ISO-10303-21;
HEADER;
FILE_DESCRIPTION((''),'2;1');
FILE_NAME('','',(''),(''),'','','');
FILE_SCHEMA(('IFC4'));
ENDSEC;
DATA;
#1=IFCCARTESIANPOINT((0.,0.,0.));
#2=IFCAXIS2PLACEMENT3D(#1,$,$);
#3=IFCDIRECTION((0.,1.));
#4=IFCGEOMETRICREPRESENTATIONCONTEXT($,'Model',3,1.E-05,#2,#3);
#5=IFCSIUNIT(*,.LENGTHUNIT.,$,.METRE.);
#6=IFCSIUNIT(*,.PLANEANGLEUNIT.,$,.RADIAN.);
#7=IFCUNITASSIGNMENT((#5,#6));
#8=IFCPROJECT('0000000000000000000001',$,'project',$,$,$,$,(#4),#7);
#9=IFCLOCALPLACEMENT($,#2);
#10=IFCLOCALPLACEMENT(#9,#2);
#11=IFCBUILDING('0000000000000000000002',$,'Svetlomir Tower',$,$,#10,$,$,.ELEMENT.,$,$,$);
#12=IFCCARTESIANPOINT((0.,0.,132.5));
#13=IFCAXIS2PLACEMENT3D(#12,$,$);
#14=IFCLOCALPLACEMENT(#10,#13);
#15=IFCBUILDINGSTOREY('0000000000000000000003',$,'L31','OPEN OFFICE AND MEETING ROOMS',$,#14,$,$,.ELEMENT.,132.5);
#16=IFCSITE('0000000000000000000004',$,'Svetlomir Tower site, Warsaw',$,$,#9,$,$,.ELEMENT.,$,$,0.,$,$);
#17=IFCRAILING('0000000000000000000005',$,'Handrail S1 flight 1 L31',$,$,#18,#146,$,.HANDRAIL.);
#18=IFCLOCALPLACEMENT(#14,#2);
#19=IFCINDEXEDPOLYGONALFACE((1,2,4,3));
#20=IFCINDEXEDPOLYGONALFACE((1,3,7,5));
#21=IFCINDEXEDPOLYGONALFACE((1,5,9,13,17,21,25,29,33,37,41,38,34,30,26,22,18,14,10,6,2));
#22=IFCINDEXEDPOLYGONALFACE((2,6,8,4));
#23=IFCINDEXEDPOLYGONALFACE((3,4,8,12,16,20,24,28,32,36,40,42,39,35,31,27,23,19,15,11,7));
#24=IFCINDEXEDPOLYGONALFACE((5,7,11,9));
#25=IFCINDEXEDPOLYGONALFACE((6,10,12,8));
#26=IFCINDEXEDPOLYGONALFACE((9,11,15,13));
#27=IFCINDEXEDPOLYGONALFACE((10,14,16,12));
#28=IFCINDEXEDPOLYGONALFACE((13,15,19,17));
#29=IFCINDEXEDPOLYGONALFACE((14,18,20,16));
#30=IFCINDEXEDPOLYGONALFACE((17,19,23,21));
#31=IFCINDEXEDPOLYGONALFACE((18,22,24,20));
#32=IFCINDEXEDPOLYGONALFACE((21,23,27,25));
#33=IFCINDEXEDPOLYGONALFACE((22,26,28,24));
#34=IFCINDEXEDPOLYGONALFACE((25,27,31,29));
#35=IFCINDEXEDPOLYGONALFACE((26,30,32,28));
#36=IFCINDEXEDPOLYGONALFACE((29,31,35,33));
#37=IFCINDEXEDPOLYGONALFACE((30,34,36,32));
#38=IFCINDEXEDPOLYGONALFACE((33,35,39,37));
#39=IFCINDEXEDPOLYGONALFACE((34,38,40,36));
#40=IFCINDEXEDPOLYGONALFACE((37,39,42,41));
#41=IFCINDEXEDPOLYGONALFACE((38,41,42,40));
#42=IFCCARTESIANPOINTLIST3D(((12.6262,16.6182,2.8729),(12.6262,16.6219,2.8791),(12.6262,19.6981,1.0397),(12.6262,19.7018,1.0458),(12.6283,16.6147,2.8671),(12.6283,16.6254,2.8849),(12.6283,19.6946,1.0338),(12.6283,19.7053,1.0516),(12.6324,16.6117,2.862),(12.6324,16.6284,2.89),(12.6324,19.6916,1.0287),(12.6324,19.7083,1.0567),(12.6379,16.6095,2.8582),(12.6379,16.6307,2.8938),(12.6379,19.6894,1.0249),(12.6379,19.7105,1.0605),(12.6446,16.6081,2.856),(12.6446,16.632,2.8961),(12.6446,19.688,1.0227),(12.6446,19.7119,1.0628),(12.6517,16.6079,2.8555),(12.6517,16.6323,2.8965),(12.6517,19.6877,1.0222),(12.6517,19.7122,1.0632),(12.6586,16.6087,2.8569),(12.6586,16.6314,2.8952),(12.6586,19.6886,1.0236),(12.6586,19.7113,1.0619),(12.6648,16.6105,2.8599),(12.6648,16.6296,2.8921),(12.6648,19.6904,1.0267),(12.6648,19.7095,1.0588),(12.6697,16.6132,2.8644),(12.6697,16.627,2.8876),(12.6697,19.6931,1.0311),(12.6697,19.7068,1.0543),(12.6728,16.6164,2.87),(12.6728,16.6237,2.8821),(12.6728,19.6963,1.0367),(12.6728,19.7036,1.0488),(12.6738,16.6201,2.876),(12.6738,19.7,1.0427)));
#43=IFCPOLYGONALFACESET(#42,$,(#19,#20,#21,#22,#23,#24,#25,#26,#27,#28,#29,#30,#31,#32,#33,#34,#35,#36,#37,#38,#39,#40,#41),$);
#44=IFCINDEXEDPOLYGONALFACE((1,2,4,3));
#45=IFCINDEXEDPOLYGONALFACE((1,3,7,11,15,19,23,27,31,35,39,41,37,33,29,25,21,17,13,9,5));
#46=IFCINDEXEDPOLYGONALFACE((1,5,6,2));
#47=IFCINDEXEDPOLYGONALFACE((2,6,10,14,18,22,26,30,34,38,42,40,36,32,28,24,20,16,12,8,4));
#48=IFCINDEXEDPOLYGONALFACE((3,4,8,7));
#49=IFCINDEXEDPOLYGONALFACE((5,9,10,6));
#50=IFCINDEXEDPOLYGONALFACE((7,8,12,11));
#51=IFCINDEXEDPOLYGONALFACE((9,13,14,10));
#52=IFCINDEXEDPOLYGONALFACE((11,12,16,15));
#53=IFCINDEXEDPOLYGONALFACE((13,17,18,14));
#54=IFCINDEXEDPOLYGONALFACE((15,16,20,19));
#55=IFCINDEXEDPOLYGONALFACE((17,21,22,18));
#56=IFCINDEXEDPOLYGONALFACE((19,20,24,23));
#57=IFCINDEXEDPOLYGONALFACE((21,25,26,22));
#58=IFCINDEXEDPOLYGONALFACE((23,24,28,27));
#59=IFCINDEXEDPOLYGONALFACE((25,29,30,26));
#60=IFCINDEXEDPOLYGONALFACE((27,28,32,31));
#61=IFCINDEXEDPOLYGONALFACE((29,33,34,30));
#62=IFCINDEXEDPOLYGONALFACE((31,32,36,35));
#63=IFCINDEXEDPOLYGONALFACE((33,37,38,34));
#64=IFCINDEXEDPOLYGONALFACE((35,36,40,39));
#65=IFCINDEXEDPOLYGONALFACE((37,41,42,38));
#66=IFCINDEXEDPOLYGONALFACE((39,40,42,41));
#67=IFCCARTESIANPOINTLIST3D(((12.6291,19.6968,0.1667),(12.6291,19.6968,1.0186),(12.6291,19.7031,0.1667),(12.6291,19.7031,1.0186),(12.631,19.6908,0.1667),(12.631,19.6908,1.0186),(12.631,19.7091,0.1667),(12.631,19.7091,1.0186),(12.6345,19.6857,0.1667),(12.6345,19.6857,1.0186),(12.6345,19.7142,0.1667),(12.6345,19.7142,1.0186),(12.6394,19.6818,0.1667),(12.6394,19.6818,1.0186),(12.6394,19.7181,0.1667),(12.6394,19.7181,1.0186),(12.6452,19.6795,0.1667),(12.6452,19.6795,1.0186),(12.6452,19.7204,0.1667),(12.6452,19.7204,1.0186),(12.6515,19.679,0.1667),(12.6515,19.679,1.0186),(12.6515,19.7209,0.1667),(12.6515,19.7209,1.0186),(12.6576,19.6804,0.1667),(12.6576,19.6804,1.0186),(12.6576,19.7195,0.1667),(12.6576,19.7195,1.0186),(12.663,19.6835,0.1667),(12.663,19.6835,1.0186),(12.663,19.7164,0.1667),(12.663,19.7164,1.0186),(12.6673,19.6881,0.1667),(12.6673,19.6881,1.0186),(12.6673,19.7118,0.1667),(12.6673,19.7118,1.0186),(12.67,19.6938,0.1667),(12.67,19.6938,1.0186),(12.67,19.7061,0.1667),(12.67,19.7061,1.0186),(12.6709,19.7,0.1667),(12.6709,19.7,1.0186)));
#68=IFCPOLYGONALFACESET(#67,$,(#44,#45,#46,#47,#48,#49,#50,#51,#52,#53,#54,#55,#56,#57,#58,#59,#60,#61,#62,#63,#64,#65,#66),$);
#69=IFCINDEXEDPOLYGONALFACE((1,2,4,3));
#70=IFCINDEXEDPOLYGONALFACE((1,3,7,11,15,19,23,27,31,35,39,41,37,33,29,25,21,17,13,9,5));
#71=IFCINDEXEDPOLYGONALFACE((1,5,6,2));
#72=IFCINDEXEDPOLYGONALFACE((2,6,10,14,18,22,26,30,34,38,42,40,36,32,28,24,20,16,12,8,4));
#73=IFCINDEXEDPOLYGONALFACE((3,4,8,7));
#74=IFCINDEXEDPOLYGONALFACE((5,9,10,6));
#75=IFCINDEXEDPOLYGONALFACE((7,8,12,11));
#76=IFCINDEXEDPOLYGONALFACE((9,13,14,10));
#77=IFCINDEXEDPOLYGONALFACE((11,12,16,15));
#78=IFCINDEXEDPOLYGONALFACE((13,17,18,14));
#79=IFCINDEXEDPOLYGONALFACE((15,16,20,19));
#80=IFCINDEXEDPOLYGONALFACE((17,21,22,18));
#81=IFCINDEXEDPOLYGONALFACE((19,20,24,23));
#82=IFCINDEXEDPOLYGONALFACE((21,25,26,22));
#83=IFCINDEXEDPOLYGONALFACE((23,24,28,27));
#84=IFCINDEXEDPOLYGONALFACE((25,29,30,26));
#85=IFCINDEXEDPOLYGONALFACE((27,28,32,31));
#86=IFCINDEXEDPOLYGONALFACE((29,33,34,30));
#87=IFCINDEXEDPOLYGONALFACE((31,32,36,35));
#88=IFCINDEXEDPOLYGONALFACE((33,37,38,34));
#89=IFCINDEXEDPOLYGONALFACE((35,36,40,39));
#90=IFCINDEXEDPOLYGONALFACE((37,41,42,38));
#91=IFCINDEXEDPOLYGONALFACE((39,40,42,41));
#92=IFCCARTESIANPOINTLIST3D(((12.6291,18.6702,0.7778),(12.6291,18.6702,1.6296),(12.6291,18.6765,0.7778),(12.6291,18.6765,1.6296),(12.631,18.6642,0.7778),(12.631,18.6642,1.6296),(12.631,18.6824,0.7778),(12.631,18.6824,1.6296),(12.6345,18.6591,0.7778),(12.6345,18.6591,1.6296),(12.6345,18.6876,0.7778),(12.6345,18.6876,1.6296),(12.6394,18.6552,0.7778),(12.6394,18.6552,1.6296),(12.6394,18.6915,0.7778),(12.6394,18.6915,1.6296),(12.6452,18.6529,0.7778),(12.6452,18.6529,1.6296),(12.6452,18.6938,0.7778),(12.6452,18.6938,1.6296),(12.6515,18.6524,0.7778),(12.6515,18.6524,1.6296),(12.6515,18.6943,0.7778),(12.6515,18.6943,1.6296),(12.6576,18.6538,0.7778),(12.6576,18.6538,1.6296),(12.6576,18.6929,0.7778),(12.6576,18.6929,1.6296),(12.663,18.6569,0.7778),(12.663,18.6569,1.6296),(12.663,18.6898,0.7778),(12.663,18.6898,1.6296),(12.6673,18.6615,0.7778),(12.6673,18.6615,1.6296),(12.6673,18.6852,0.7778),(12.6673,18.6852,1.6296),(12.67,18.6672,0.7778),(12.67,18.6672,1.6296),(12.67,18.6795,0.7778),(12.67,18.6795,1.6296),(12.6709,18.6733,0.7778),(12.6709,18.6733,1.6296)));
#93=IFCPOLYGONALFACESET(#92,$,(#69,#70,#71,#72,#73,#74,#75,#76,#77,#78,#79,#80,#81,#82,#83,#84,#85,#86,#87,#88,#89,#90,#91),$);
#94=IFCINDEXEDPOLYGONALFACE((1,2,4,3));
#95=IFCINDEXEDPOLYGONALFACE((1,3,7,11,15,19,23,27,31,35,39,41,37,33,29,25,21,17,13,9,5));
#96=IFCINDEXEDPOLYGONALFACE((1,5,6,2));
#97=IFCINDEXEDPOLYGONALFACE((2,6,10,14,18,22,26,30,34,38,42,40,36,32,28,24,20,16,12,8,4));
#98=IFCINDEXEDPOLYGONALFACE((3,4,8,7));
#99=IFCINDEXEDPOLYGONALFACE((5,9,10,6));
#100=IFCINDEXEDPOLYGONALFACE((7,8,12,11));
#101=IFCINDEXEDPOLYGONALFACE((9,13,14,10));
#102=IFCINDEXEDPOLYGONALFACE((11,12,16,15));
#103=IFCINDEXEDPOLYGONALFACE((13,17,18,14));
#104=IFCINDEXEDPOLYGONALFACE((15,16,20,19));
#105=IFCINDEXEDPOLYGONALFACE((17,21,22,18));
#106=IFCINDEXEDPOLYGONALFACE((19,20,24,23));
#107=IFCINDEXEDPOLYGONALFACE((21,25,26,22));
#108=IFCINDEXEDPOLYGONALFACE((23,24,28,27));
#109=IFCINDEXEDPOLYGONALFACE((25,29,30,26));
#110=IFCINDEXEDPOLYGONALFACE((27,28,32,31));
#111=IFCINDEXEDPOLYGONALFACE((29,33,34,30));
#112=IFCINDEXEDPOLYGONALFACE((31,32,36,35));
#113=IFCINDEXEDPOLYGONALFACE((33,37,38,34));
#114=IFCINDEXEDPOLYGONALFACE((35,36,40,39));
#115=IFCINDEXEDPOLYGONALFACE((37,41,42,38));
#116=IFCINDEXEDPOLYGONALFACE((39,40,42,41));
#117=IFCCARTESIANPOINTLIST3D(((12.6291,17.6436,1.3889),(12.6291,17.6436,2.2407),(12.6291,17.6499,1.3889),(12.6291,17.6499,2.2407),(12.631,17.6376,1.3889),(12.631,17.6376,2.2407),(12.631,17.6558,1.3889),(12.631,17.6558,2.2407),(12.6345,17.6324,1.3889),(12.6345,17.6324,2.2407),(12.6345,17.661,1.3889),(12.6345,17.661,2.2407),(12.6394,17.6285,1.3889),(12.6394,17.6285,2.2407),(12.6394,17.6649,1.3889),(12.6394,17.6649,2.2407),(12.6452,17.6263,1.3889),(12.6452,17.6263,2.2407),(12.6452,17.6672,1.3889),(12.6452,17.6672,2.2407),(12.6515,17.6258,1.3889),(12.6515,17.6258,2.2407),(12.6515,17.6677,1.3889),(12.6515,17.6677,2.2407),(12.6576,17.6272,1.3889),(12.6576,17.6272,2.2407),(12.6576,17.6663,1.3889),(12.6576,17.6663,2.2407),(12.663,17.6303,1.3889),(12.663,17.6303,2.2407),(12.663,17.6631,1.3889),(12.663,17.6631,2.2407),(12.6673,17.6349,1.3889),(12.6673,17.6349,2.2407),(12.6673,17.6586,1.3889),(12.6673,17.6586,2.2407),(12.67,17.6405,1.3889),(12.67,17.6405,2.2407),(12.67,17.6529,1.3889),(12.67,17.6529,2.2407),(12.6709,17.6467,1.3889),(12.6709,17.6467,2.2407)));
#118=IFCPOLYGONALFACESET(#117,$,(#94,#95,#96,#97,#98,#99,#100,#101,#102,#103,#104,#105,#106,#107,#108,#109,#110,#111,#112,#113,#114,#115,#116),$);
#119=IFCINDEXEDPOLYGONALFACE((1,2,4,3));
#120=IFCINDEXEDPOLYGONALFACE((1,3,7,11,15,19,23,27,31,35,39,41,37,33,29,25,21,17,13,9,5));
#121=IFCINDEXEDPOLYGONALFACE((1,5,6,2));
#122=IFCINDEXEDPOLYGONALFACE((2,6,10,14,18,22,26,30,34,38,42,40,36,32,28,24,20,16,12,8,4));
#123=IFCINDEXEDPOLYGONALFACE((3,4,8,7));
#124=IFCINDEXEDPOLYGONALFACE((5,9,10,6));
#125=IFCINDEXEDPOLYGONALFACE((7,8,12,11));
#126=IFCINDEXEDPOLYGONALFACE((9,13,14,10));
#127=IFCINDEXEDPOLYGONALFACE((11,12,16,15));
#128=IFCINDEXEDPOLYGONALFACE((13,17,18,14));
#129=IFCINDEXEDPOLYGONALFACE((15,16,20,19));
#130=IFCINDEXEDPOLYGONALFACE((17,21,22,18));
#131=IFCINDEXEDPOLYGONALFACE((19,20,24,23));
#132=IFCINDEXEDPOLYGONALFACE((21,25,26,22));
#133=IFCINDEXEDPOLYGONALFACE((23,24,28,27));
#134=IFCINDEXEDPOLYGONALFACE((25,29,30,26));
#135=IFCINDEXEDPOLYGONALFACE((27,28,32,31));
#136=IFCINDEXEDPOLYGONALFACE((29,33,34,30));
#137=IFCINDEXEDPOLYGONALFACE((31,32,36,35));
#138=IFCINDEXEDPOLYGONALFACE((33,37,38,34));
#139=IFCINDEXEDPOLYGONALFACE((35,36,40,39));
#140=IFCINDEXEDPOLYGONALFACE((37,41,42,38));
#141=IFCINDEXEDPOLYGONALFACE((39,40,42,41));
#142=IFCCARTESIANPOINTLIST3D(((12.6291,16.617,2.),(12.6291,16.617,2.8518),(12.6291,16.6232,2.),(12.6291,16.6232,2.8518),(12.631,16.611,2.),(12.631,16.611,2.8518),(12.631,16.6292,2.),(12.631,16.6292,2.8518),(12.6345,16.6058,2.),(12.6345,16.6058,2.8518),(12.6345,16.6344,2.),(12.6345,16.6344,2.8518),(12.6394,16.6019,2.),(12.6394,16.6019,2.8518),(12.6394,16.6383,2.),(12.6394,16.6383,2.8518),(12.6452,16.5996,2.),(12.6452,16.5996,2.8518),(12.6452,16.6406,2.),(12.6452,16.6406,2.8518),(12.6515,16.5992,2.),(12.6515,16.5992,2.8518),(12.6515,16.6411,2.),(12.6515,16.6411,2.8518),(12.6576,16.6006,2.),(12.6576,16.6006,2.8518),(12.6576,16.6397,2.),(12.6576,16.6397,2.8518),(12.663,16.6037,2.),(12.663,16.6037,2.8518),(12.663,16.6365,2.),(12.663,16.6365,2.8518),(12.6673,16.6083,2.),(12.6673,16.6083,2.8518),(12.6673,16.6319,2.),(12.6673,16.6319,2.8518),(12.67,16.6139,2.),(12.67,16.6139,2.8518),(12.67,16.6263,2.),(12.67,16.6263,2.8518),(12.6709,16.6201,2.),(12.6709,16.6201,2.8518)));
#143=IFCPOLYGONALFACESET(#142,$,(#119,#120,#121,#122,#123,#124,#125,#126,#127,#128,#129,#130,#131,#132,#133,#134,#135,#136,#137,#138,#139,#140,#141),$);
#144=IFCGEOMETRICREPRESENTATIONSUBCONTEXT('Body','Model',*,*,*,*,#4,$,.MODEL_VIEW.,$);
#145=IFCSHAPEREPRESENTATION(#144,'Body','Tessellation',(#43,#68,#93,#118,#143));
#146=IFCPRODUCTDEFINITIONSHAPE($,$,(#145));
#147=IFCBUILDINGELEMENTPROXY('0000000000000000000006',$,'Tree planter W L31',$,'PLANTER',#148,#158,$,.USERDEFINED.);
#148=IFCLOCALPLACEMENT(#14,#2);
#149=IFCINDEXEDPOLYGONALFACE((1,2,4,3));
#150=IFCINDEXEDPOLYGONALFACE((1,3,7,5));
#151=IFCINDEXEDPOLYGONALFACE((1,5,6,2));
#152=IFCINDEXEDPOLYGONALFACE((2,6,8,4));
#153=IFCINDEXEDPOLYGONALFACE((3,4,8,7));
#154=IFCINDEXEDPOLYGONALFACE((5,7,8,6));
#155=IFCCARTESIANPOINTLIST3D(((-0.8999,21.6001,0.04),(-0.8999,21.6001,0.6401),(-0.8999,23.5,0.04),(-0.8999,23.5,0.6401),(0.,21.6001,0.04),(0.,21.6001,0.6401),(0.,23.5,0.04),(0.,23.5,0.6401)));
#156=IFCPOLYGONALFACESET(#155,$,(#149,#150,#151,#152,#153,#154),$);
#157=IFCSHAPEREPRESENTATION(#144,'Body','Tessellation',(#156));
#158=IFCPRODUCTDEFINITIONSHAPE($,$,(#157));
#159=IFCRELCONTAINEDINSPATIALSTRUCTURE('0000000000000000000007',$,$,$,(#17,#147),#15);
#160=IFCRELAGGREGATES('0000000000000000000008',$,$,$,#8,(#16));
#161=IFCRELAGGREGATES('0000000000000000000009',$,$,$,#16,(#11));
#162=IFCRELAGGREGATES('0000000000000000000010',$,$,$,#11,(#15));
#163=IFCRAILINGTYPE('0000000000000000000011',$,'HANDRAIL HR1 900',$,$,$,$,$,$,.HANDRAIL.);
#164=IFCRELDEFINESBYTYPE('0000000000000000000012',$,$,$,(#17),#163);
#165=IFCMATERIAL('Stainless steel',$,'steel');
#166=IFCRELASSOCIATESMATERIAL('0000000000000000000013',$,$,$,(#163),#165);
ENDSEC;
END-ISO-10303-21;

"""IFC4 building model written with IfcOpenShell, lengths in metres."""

from ifc_helpers import new_model, si_unit, direction, frame, origin, origin_2d, place, context, subcontext, project, spatial, rectangle, circle, extrude, material, type_object, element, save


model = new_model("IFC4")

# Units and contexts
model_context = context("Model", 3, precision=1e-05, world=origin(), true_north=direction((0.0, 1.0)))
body_context = subcontext(model_context, "Body", "Model", "MODEL_VIEW")
ifc_project = project(units=[si_unit("LENGTHUNIT", "METRE"), si_unit("PLANEANGLEUNIT", "RADIAN")], contexts=[model_context])

# Site, building, storey
site_placement = place(None, origin())
site = spatial("IfcSite", under=ifc_project, at=site_placement, Name="Svetlomir Tower site, Warsaw", CompositionType="ELEMENT", RefElevation=0.0)
building_placement = place(site_placement, origin())
building = spatial("IfcBuilding", under=site, at=building_placement, Name="Svetlomir Tower", CompositionType="ELEMENT")
storey_placement = place(building_placement, frame((0.0, 0.0, 132.5)))
storey = spatial("IfcBuildingStorey", under=building, at=storey_placement, Name="L31", Description="OPEN OFFICE AND MEETING ROOMS", CompositionType="ELEMENT", Elevation=132.5)

# Railing
ifc_material_1 = material(Name="Stainless steel", Category="steel")
railing_type_1 = type_object("IfcRailingType", Name="HANDRAIL HR1 900", PredefinedType="HANDRAIL", material=ifc_material_1)
railing_1_placement = place(storey_placement, frame((12.6499, 19.7, 0.1667)))
element("IfcRailing", 1, at=railing_1_placement, inside=storey, type_object=railing_type_1, Name="Handrail S1 flight 1 L31", PredefinedType="HANDRAIL", context=body_context, shape_type="SweptSolid", body=[
    extrude(circle(Radius=0.0239, at=origin_2d()), frame((0.0, 0.0, 0.876), z_axis=(0.0, -0.859291, 0.511487), x_axis=(1.0, 0.0, 0.0)), (0.0, 0.0, 1.0), 3.5842),
    extrude(circle(Radius=0.021, at=origin_2d()), origin(), (0.0, 0.0, 1.0), 0.8518),
    extrude(circle(Radius=0.021, at=origin_2d()), frame((0.0, -1.0266, 0.6111)), (0.0, 0.0, 1.0), 0.8518),
    extrude(circle(Radius=0.021, at=origin_2d()), frame((0.0, -2.0532, 1.2222)), (0.0, 0.0, 1.0), 0.8518),
    extrude(circle(Radius=0.021, at=origin_2d()), frame((0.0, -3.0798, 1.8333)), (0.0, 0.0, 1.0), 0.8518),
])

# Building element proxy
proxy_placement = place(storey_placement, frame((-0.45, 22.55, 0.04), z_axis=(0.0, 0.0, 1.0), x_axis=(1.0, 0.0, 0.0)))
element("IfcBuildingElementProxy", 2, at=proxy_placement, inside=storey, Name="Tree planter W L31", ObjectType="PLANTER", PredefinedType="USERDEFINED", context=body_context, shape_type="SweptSolid", body=[
    extrude(rectangle(XDim=0.8999, YDim=1.8999, at=origin_2d()), origin(), (0.0, 0.0, 1.0), 0.6001),
])

save(model, "model.ifc")
